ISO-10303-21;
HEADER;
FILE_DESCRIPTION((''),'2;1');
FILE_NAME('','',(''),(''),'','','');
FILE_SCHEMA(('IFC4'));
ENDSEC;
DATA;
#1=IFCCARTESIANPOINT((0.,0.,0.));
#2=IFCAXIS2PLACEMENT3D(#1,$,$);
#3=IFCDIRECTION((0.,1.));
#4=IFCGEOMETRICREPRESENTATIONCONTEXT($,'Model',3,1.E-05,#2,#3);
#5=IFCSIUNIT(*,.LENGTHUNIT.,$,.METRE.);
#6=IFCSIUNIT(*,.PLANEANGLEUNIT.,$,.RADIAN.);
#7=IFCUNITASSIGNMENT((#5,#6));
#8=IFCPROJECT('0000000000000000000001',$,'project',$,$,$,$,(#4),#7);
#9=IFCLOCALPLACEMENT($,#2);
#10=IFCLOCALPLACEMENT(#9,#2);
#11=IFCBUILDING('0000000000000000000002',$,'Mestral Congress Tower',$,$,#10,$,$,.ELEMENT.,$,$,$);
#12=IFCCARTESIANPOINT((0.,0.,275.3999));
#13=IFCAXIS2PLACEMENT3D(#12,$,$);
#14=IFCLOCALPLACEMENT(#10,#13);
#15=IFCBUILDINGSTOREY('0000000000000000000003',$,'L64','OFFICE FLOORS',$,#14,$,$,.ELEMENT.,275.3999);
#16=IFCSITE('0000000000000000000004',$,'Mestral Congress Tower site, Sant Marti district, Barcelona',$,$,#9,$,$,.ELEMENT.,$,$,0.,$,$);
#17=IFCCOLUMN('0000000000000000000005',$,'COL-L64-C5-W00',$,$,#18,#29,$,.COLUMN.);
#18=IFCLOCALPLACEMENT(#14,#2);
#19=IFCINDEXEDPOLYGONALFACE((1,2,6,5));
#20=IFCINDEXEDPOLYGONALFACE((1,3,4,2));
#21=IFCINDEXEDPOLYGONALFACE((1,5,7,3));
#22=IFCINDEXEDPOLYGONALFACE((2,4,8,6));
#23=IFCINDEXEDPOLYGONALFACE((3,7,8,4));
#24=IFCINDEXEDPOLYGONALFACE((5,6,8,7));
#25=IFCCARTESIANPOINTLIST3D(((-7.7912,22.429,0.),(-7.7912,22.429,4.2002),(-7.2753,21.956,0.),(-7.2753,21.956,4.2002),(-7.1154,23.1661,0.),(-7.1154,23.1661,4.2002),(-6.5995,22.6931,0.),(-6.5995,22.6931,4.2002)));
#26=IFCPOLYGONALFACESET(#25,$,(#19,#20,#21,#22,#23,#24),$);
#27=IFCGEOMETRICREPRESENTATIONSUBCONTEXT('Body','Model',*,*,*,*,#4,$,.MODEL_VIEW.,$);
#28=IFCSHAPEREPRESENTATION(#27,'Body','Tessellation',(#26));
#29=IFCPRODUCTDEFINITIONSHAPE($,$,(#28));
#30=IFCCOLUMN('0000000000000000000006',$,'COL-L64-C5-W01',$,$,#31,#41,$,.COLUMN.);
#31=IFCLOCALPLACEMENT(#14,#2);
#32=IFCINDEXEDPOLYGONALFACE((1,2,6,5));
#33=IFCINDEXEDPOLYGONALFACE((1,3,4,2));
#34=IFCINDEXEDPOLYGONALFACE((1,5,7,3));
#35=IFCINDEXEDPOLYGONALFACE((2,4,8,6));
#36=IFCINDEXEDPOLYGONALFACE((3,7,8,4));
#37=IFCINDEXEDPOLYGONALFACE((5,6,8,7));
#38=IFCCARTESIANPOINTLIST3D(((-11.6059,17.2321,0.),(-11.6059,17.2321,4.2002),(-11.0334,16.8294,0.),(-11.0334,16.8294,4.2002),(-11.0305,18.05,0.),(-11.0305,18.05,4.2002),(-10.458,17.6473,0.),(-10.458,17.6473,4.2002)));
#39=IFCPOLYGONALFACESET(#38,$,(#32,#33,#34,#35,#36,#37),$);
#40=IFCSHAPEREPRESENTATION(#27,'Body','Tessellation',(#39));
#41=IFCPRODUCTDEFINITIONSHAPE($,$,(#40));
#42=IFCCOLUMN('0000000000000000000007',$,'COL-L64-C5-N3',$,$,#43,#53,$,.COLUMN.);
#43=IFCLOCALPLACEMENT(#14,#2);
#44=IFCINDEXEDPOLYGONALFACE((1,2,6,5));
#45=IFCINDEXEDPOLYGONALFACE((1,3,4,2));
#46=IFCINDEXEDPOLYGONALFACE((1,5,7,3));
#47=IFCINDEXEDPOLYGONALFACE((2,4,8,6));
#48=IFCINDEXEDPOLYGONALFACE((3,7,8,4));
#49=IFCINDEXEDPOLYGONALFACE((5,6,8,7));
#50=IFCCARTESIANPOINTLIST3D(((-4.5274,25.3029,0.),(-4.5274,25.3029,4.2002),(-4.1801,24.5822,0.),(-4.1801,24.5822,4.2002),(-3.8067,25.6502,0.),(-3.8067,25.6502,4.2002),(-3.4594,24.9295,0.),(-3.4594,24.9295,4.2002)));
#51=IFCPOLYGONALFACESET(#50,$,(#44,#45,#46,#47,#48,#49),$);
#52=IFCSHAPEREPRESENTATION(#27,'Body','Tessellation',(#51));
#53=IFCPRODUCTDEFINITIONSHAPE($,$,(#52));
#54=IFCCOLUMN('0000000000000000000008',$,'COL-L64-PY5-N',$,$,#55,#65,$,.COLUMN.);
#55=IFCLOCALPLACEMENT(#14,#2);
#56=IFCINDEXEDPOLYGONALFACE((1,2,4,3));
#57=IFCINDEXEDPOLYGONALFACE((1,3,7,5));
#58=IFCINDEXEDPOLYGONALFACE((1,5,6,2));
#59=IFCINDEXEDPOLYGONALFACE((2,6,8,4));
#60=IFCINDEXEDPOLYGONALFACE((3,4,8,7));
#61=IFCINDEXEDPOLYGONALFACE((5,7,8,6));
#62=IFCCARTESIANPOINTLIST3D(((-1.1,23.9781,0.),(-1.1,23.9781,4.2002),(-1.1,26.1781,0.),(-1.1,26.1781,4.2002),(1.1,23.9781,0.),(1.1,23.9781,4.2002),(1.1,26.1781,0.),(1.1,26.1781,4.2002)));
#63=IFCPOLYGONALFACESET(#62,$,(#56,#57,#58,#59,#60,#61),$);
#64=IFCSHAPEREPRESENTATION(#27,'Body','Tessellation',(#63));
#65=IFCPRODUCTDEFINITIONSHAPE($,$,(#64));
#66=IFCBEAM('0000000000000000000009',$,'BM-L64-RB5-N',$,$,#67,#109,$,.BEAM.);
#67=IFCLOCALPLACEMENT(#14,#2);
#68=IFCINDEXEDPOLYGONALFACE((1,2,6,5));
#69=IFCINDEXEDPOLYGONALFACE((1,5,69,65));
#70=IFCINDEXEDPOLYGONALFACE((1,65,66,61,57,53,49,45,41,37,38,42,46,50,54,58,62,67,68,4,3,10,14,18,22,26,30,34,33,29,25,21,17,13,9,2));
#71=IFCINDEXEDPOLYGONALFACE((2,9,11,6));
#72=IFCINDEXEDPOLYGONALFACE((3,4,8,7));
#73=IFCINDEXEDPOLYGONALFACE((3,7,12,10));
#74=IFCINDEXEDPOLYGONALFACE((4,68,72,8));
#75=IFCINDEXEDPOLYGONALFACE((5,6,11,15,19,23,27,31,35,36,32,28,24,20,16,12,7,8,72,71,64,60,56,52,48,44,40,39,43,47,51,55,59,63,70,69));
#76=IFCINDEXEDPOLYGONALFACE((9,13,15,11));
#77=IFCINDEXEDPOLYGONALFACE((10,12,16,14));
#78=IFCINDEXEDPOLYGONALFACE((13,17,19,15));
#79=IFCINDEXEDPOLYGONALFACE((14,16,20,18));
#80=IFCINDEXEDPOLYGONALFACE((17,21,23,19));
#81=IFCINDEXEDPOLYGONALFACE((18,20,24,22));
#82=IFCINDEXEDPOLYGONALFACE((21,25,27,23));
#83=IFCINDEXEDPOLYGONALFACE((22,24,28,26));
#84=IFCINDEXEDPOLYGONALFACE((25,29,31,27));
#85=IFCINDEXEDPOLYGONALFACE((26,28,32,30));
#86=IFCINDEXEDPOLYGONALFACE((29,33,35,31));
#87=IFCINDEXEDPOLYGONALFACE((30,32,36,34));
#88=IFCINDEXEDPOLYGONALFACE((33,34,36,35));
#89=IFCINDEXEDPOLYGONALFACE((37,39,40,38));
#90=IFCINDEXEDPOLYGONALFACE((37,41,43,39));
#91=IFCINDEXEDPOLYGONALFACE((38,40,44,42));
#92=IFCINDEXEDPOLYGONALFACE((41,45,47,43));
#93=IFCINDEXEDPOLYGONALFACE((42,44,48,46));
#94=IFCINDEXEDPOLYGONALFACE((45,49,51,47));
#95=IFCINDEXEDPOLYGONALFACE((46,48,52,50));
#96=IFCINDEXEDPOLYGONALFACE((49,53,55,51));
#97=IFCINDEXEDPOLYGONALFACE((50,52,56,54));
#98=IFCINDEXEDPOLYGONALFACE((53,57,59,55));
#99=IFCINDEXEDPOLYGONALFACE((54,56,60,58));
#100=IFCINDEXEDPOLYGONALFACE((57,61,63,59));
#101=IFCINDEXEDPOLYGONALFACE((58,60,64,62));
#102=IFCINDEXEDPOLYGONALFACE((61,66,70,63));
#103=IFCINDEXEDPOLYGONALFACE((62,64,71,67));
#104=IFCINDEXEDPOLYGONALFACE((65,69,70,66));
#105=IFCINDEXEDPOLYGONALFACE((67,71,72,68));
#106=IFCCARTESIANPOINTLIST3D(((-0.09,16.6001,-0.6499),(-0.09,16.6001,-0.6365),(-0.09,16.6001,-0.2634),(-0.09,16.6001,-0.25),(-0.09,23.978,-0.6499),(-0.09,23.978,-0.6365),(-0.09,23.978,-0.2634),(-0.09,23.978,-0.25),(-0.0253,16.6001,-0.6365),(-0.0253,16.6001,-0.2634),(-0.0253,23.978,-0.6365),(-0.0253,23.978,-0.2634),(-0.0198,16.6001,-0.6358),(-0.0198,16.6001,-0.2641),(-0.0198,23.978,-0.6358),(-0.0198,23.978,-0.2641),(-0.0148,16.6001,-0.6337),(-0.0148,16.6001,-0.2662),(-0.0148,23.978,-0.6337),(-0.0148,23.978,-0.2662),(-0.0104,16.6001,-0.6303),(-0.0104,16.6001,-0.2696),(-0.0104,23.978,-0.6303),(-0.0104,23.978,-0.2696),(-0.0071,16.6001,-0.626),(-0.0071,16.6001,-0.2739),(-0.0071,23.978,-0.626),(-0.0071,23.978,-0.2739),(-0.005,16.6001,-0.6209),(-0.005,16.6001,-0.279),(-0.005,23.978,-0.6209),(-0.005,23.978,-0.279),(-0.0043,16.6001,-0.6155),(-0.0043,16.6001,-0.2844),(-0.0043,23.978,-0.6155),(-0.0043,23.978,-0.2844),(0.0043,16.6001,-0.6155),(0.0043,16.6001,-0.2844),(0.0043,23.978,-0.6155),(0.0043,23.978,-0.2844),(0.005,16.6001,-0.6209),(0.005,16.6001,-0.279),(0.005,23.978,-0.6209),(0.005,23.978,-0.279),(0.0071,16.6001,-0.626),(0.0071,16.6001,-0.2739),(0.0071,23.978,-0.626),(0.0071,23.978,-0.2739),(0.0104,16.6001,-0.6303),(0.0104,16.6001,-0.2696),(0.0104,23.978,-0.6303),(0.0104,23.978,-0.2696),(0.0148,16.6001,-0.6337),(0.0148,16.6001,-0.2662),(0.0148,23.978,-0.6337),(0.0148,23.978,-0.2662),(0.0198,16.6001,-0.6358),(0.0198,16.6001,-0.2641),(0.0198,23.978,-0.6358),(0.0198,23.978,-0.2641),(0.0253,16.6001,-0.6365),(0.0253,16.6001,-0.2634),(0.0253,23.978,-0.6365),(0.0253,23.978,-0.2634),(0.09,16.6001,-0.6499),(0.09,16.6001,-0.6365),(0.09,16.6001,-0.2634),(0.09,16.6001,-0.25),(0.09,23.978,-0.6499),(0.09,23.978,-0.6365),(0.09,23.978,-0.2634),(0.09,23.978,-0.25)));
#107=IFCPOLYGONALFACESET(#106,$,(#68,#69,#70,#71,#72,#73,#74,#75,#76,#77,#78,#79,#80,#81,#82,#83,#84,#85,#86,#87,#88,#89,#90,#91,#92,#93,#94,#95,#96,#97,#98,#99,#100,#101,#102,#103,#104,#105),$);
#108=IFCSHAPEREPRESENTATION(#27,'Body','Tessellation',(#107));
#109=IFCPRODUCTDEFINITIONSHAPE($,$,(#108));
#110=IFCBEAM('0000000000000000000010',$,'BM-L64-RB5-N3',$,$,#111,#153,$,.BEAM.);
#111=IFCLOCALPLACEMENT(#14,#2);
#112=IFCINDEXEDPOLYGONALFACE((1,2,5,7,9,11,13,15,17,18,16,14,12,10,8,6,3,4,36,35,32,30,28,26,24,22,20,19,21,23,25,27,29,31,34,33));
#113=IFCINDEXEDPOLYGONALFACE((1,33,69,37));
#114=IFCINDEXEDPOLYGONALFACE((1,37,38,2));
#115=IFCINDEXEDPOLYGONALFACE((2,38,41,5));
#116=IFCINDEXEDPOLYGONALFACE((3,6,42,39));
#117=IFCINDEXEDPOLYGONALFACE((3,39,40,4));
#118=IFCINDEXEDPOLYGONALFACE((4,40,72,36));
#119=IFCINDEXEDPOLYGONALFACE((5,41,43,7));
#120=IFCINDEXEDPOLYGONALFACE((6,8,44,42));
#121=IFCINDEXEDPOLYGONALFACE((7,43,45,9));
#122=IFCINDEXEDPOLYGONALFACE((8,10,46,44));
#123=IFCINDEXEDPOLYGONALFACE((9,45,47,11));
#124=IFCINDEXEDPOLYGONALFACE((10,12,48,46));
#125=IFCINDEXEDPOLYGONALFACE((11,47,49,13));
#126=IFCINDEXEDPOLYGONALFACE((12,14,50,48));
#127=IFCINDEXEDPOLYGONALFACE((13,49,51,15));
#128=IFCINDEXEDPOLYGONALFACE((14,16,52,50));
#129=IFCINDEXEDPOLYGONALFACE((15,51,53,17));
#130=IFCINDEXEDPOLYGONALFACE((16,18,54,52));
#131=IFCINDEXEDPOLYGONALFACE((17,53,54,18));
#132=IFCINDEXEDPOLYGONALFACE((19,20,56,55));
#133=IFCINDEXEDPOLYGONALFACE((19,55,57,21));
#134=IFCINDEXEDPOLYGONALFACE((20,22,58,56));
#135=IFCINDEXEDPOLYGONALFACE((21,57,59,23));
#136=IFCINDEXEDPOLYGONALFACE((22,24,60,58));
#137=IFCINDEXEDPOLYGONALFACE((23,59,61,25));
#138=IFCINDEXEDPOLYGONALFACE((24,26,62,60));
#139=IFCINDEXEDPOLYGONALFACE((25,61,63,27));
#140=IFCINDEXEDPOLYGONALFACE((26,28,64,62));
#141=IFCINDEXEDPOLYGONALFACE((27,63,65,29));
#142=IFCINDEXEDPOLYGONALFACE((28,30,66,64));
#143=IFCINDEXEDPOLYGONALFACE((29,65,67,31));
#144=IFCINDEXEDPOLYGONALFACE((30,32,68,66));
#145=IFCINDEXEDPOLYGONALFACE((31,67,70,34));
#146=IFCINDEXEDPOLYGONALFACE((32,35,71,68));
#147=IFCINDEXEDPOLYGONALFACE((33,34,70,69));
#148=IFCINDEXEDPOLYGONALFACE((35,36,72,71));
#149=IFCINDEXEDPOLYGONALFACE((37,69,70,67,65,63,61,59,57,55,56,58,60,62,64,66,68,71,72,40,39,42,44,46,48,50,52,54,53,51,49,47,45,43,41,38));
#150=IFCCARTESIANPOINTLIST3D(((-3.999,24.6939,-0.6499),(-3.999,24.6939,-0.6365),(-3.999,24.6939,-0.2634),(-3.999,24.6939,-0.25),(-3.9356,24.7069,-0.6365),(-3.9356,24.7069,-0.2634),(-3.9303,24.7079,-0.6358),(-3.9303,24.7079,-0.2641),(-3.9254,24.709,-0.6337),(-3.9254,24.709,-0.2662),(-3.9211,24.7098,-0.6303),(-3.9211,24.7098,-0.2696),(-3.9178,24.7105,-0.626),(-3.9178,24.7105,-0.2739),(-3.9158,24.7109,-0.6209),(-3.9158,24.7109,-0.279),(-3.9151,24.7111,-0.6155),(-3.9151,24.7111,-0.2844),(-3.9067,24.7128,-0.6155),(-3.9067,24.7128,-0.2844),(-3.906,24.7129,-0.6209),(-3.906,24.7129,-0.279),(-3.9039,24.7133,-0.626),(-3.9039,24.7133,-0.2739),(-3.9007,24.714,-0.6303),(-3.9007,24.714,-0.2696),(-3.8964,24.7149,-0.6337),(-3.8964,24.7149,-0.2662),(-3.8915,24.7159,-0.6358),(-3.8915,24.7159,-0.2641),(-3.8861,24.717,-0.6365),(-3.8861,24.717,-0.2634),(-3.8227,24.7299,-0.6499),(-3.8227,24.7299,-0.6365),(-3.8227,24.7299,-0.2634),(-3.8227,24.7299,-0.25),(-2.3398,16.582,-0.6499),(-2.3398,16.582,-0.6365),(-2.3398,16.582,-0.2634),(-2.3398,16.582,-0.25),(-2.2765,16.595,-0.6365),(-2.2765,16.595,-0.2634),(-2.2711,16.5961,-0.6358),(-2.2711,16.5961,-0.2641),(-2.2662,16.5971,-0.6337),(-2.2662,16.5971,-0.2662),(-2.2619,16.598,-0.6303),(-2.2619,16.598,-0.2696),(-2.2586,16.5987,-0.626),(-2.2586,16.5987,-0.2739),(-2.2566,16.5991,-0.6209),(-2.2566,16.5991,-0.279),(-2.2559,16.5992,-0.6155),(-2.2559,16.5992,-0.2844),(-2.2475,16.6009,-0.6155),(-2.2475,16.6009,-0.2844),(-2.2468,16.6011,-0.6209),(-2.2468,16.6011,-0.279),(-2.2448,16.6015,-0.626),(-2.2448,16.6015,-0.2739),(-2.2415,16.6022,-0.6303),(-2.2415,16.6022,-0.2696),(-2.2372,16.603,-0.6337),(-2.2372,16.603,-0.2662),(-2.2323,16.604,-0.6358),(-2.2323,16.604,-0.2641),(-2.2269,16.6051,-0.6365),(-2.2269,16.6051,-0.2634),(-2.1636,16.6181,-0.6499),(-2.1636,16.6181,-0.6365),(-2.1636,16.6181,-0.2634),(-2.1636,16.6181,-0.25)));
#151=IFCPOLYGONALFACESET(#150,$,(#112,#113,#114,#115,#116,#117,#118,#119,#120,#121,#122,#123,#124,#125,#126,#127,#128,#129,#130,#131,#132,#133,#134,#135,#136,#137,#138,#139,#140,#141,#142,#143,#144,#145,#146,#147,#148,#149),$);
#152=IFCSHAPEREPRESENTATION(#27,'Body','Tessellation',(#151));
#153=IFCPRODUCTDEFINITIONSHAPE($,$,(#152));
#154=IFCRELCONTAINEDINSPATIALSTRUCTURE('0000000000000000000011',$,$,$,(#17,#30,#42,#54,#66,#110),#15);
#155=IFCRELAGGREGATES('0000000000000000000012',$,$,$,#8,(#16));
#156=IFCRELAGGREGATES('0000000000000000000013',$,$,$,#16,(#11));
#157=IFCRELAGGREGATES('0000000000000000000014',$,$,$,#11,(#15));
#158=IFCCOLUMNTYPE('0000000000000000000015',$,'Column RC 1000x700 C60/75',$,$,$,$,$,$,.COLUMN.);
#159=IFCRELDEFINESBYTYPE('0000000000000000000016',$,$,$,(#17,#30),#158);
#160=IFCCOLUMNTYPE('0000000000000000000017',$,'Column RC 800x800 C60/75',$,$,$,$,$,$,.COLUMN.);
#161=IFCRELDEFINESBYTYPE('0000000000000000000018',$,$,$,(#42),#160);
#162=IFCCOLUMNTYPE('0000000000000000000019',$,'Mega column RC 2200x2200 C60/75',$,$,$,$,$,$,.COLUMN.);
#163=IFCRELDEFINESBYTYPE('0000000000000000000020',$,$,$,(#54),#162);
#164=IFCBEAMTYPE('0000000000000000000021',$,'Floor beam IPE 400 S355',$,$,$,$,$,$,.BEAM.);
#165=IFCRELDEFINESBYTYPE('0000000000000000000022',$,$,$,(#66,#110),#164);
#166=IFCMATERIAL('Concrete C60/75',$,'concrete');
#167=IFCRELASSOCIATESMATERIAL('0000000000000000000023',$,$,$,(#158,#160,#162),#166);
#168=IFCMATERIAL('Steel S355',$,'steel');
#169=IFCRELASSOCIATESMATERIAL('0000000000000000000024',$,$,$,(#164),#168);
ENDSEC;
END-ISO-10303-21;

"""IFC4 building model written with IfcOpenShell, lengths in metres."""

from ifc_helpers import new_model, si_unit, direction, frame, origin, origin_2d, place, context, subcontext, project, spatial, rectangle, i_section, extrude, material, material_profile, profile_set, type_object, element, save


model = new_model("IFC4")

# Units and contexts
model_context = context("Model", 3, precision=1e-05, world=origin(), true_north=direction((0.0, 1.0)))
body_context = subcontext(model_context, "Body", "Model", "MODEL_VIEW")
ifc_project = project(units=[si_unit("LENGTHUNIT", "METRE"), si_unit("PLANEANGLEUNIT", "RADIAN")], contexts=[model_context])

# Site, building, storey
site_placement = place(None, origin())
site = spatial("IfcSite", under=ifc_project, at=site_placement, Name="Mestral Congress Tower site, Sant Marti district, Barcelona", CompositionType="ELEMENT", RefElevation=0.0)
building_placement = place(site_placement, origin())
building = spatial("IfcBuilding", under=site, at=building_placement, Name="Mestral Congress Tower", CompositionType="ELEMENT")
storey_placement = place(building_placement, frame((0.0, 0.0, 275.3999)))
storey = spatial("IfcBuildingStorey", under=building, at=storey_placement, Name="L64", Description="OFFICE FLOORS", CompositionType="ELEMENT", Elevation=275.3999)

# Columns
ifc_material_1 = material(Name="Concrete C60/75", Category="concrete")
ifc_material_profile_1 = material_profile(ifc_material_1, rectangle(XDim=1.0, YDim=0.7, at=origin_2d()), Name="RC 1000x700")
ifc_profile_set_1 = profile_set([ifc_material_profile_1], Name="Concrete C60/75")
column_type_1 = type_object("IfcColumnType", Name="Column RC 1000x700 C60/75", PredefinedType="COLUMN", material=ifc_profile_set_1)
for number, where, z_axis, x_axis, name in (
    (1, (-7.1953, 22.561, 0.0), (0.0, 0.0, 1.0), (-0.675803, -0.737083, 0.0), "COL-L64-C5-W00"),
    (2, (-11.032, 17.4397, 0.0), (0.0, 0.0, 1.0), (-0.575402, -0.817871, 0.0), "COL-L64-C5-W01"),
):
    element("IfcColumn", number, at=place(storey_placement, frame(where, z_axis=z_axis, x_axis=x_axis)), inside=storey, type_object=column_type_1, Name=name, PredefinedType="COLUMN", context=body_context, shape_type="SweptSolid", body=[
        extrude(rectangle(XDim=1.0, YDim=0.7, at=origin_2d()), origin(), (0.0, 0.0, 1.0), 4.2002),
    ])
ifc_material_profile_2 = material_profile(ifc_material_1, rectangle(XDim=0.8, YDim=0.8, at=origin_2d()), Name="RC 800x800")
ifc_profile_set_2 = profile_set([ifc_material_profile_2], Name="Concrete C60/75")
column_type_2 = type_object("IfcColumnType", Name="Column RC 800x800 C60/75", PredefinedType="COLUMN", material=ifc_profile_set_2)
column_1_placement = place(storey_placement, frame((-3.9934, 25.1162, 0.0), z_axis=(0.0, 0.0, 1.0), x_axis=(-0.900873, -0.434082, 0.0)))
element("IfcColumn", 3, at=column_1_placement, inside=storey, type_object=column_type_2, Name="COL-L64-C5-N3", PredefinedType="COLUMN", context=body_context, shape_type="SweptSolid", body=[
    extrude(rectangle(XDim=0.8, YDim=0.8, at=origin_2d()), origin(), (0.0, 0.0, 1.0), 4.2002),
])
ifc_material_profile_3 = material_profile(ifc_material_1, rectangle(XDim=2.2, YDim=2.2, at=origin_2d()), Name="RC 2200x2200")
ifc_profile_set_3 = profile_set([ifc_material_profile_3], Name="Concrete C60/75")
column_type_3 = type_object("IfcColumnType", Name="Mega column RC 2200x2200 C60/75", PredefinedType="COLUMN", material=ifc_profile_set_3)
column_2_placement = place(storey_placement, frame((0.0, 25.0781, 0.0), z_axis=(0.0, 0.0, 1.0), x_axis=(0.0, 1.0, 0.0)))
element("IfcColumn", 4, at=column_2_placement, inside=storey, type_object=column_type_3, Name="COL-L64-PY5-N", PredefinedType="COLUMN", context=body_context, shape_type="SweptSolid", body=[
    extrude(rectangle(XDim=2.2, YDim=2.2, at=origin_2d()), origin(), (0.0, 0.0, 1.0), 4.2002),
])

# Beams
ifc_material_2 = material(Name="Steel S355", Category="steel")
ifc_material_profile_4 = material_profile(ifc_material_2, i_section(OverallWidth=0.1799, OverallDepth=0.3999, WebThickness=0.0085, FlangeThickness=0.0134, FilletRadius=0.021, at=origin_2d()), Name="IPE 400")
ifc_profile_set_4 = profile_set([ifc_material_profile_4], Name="Steel S355")
beam_type_1 = type_object("IfcBeamType", Name="Floor beam IPE 400 S355", PredefinedType="BEAM", material=ifc_profile_set_4)
beam_1_placement = place(storey_placement, frame((0.0, 23.978, -0.45), z_axis=(0.0, -1.0, 0.0), x_axis=(1.0, 0.0, 0.0)))
element("IfcBeam", 5, at=beam_1_placement, inside=storey, type_object=beam_type_1, Name="BM-L64-RB5-N", PredefinedType="BEAM", context=body_context, shape_type="SweptSolid", body=[
    extrude(i_section(OverallWidth=0.1799, OverallDepth=0.3999, WebThickness=0.0085, FlangeThickness=0.0134, FilletRadius=0.021, at=origin_2d()), origin(), (0.0, 0.0, 1.0), 7.3779),
])
beam_2_placement = place(storey_placement, frame((-3.9109, 24.7119, -0.45), z_axis=(0.20039, -0.979716, 0.0), x_axis=(0.979716, 0.20039, 0.0)))
element("IfcBeam", 6, at=beam_2_placement, inside=storey, type_object=beam_type_1, Name="BM-L64-RB5-N3", PredefinedType="BEAM", context=body_context, shape_type="SweptSolid", body=[
    extrude(i_section(OverallWidth=0.1799, OverallDepth=0.3999, WebThickness=0.0085, FlangeThickness=0.0134, FilletRadius=0.021, at=origin_2d()), origin(), (0.0, 0.0, 1.0), 8.2798),
])

save(model, "model.ifc")
